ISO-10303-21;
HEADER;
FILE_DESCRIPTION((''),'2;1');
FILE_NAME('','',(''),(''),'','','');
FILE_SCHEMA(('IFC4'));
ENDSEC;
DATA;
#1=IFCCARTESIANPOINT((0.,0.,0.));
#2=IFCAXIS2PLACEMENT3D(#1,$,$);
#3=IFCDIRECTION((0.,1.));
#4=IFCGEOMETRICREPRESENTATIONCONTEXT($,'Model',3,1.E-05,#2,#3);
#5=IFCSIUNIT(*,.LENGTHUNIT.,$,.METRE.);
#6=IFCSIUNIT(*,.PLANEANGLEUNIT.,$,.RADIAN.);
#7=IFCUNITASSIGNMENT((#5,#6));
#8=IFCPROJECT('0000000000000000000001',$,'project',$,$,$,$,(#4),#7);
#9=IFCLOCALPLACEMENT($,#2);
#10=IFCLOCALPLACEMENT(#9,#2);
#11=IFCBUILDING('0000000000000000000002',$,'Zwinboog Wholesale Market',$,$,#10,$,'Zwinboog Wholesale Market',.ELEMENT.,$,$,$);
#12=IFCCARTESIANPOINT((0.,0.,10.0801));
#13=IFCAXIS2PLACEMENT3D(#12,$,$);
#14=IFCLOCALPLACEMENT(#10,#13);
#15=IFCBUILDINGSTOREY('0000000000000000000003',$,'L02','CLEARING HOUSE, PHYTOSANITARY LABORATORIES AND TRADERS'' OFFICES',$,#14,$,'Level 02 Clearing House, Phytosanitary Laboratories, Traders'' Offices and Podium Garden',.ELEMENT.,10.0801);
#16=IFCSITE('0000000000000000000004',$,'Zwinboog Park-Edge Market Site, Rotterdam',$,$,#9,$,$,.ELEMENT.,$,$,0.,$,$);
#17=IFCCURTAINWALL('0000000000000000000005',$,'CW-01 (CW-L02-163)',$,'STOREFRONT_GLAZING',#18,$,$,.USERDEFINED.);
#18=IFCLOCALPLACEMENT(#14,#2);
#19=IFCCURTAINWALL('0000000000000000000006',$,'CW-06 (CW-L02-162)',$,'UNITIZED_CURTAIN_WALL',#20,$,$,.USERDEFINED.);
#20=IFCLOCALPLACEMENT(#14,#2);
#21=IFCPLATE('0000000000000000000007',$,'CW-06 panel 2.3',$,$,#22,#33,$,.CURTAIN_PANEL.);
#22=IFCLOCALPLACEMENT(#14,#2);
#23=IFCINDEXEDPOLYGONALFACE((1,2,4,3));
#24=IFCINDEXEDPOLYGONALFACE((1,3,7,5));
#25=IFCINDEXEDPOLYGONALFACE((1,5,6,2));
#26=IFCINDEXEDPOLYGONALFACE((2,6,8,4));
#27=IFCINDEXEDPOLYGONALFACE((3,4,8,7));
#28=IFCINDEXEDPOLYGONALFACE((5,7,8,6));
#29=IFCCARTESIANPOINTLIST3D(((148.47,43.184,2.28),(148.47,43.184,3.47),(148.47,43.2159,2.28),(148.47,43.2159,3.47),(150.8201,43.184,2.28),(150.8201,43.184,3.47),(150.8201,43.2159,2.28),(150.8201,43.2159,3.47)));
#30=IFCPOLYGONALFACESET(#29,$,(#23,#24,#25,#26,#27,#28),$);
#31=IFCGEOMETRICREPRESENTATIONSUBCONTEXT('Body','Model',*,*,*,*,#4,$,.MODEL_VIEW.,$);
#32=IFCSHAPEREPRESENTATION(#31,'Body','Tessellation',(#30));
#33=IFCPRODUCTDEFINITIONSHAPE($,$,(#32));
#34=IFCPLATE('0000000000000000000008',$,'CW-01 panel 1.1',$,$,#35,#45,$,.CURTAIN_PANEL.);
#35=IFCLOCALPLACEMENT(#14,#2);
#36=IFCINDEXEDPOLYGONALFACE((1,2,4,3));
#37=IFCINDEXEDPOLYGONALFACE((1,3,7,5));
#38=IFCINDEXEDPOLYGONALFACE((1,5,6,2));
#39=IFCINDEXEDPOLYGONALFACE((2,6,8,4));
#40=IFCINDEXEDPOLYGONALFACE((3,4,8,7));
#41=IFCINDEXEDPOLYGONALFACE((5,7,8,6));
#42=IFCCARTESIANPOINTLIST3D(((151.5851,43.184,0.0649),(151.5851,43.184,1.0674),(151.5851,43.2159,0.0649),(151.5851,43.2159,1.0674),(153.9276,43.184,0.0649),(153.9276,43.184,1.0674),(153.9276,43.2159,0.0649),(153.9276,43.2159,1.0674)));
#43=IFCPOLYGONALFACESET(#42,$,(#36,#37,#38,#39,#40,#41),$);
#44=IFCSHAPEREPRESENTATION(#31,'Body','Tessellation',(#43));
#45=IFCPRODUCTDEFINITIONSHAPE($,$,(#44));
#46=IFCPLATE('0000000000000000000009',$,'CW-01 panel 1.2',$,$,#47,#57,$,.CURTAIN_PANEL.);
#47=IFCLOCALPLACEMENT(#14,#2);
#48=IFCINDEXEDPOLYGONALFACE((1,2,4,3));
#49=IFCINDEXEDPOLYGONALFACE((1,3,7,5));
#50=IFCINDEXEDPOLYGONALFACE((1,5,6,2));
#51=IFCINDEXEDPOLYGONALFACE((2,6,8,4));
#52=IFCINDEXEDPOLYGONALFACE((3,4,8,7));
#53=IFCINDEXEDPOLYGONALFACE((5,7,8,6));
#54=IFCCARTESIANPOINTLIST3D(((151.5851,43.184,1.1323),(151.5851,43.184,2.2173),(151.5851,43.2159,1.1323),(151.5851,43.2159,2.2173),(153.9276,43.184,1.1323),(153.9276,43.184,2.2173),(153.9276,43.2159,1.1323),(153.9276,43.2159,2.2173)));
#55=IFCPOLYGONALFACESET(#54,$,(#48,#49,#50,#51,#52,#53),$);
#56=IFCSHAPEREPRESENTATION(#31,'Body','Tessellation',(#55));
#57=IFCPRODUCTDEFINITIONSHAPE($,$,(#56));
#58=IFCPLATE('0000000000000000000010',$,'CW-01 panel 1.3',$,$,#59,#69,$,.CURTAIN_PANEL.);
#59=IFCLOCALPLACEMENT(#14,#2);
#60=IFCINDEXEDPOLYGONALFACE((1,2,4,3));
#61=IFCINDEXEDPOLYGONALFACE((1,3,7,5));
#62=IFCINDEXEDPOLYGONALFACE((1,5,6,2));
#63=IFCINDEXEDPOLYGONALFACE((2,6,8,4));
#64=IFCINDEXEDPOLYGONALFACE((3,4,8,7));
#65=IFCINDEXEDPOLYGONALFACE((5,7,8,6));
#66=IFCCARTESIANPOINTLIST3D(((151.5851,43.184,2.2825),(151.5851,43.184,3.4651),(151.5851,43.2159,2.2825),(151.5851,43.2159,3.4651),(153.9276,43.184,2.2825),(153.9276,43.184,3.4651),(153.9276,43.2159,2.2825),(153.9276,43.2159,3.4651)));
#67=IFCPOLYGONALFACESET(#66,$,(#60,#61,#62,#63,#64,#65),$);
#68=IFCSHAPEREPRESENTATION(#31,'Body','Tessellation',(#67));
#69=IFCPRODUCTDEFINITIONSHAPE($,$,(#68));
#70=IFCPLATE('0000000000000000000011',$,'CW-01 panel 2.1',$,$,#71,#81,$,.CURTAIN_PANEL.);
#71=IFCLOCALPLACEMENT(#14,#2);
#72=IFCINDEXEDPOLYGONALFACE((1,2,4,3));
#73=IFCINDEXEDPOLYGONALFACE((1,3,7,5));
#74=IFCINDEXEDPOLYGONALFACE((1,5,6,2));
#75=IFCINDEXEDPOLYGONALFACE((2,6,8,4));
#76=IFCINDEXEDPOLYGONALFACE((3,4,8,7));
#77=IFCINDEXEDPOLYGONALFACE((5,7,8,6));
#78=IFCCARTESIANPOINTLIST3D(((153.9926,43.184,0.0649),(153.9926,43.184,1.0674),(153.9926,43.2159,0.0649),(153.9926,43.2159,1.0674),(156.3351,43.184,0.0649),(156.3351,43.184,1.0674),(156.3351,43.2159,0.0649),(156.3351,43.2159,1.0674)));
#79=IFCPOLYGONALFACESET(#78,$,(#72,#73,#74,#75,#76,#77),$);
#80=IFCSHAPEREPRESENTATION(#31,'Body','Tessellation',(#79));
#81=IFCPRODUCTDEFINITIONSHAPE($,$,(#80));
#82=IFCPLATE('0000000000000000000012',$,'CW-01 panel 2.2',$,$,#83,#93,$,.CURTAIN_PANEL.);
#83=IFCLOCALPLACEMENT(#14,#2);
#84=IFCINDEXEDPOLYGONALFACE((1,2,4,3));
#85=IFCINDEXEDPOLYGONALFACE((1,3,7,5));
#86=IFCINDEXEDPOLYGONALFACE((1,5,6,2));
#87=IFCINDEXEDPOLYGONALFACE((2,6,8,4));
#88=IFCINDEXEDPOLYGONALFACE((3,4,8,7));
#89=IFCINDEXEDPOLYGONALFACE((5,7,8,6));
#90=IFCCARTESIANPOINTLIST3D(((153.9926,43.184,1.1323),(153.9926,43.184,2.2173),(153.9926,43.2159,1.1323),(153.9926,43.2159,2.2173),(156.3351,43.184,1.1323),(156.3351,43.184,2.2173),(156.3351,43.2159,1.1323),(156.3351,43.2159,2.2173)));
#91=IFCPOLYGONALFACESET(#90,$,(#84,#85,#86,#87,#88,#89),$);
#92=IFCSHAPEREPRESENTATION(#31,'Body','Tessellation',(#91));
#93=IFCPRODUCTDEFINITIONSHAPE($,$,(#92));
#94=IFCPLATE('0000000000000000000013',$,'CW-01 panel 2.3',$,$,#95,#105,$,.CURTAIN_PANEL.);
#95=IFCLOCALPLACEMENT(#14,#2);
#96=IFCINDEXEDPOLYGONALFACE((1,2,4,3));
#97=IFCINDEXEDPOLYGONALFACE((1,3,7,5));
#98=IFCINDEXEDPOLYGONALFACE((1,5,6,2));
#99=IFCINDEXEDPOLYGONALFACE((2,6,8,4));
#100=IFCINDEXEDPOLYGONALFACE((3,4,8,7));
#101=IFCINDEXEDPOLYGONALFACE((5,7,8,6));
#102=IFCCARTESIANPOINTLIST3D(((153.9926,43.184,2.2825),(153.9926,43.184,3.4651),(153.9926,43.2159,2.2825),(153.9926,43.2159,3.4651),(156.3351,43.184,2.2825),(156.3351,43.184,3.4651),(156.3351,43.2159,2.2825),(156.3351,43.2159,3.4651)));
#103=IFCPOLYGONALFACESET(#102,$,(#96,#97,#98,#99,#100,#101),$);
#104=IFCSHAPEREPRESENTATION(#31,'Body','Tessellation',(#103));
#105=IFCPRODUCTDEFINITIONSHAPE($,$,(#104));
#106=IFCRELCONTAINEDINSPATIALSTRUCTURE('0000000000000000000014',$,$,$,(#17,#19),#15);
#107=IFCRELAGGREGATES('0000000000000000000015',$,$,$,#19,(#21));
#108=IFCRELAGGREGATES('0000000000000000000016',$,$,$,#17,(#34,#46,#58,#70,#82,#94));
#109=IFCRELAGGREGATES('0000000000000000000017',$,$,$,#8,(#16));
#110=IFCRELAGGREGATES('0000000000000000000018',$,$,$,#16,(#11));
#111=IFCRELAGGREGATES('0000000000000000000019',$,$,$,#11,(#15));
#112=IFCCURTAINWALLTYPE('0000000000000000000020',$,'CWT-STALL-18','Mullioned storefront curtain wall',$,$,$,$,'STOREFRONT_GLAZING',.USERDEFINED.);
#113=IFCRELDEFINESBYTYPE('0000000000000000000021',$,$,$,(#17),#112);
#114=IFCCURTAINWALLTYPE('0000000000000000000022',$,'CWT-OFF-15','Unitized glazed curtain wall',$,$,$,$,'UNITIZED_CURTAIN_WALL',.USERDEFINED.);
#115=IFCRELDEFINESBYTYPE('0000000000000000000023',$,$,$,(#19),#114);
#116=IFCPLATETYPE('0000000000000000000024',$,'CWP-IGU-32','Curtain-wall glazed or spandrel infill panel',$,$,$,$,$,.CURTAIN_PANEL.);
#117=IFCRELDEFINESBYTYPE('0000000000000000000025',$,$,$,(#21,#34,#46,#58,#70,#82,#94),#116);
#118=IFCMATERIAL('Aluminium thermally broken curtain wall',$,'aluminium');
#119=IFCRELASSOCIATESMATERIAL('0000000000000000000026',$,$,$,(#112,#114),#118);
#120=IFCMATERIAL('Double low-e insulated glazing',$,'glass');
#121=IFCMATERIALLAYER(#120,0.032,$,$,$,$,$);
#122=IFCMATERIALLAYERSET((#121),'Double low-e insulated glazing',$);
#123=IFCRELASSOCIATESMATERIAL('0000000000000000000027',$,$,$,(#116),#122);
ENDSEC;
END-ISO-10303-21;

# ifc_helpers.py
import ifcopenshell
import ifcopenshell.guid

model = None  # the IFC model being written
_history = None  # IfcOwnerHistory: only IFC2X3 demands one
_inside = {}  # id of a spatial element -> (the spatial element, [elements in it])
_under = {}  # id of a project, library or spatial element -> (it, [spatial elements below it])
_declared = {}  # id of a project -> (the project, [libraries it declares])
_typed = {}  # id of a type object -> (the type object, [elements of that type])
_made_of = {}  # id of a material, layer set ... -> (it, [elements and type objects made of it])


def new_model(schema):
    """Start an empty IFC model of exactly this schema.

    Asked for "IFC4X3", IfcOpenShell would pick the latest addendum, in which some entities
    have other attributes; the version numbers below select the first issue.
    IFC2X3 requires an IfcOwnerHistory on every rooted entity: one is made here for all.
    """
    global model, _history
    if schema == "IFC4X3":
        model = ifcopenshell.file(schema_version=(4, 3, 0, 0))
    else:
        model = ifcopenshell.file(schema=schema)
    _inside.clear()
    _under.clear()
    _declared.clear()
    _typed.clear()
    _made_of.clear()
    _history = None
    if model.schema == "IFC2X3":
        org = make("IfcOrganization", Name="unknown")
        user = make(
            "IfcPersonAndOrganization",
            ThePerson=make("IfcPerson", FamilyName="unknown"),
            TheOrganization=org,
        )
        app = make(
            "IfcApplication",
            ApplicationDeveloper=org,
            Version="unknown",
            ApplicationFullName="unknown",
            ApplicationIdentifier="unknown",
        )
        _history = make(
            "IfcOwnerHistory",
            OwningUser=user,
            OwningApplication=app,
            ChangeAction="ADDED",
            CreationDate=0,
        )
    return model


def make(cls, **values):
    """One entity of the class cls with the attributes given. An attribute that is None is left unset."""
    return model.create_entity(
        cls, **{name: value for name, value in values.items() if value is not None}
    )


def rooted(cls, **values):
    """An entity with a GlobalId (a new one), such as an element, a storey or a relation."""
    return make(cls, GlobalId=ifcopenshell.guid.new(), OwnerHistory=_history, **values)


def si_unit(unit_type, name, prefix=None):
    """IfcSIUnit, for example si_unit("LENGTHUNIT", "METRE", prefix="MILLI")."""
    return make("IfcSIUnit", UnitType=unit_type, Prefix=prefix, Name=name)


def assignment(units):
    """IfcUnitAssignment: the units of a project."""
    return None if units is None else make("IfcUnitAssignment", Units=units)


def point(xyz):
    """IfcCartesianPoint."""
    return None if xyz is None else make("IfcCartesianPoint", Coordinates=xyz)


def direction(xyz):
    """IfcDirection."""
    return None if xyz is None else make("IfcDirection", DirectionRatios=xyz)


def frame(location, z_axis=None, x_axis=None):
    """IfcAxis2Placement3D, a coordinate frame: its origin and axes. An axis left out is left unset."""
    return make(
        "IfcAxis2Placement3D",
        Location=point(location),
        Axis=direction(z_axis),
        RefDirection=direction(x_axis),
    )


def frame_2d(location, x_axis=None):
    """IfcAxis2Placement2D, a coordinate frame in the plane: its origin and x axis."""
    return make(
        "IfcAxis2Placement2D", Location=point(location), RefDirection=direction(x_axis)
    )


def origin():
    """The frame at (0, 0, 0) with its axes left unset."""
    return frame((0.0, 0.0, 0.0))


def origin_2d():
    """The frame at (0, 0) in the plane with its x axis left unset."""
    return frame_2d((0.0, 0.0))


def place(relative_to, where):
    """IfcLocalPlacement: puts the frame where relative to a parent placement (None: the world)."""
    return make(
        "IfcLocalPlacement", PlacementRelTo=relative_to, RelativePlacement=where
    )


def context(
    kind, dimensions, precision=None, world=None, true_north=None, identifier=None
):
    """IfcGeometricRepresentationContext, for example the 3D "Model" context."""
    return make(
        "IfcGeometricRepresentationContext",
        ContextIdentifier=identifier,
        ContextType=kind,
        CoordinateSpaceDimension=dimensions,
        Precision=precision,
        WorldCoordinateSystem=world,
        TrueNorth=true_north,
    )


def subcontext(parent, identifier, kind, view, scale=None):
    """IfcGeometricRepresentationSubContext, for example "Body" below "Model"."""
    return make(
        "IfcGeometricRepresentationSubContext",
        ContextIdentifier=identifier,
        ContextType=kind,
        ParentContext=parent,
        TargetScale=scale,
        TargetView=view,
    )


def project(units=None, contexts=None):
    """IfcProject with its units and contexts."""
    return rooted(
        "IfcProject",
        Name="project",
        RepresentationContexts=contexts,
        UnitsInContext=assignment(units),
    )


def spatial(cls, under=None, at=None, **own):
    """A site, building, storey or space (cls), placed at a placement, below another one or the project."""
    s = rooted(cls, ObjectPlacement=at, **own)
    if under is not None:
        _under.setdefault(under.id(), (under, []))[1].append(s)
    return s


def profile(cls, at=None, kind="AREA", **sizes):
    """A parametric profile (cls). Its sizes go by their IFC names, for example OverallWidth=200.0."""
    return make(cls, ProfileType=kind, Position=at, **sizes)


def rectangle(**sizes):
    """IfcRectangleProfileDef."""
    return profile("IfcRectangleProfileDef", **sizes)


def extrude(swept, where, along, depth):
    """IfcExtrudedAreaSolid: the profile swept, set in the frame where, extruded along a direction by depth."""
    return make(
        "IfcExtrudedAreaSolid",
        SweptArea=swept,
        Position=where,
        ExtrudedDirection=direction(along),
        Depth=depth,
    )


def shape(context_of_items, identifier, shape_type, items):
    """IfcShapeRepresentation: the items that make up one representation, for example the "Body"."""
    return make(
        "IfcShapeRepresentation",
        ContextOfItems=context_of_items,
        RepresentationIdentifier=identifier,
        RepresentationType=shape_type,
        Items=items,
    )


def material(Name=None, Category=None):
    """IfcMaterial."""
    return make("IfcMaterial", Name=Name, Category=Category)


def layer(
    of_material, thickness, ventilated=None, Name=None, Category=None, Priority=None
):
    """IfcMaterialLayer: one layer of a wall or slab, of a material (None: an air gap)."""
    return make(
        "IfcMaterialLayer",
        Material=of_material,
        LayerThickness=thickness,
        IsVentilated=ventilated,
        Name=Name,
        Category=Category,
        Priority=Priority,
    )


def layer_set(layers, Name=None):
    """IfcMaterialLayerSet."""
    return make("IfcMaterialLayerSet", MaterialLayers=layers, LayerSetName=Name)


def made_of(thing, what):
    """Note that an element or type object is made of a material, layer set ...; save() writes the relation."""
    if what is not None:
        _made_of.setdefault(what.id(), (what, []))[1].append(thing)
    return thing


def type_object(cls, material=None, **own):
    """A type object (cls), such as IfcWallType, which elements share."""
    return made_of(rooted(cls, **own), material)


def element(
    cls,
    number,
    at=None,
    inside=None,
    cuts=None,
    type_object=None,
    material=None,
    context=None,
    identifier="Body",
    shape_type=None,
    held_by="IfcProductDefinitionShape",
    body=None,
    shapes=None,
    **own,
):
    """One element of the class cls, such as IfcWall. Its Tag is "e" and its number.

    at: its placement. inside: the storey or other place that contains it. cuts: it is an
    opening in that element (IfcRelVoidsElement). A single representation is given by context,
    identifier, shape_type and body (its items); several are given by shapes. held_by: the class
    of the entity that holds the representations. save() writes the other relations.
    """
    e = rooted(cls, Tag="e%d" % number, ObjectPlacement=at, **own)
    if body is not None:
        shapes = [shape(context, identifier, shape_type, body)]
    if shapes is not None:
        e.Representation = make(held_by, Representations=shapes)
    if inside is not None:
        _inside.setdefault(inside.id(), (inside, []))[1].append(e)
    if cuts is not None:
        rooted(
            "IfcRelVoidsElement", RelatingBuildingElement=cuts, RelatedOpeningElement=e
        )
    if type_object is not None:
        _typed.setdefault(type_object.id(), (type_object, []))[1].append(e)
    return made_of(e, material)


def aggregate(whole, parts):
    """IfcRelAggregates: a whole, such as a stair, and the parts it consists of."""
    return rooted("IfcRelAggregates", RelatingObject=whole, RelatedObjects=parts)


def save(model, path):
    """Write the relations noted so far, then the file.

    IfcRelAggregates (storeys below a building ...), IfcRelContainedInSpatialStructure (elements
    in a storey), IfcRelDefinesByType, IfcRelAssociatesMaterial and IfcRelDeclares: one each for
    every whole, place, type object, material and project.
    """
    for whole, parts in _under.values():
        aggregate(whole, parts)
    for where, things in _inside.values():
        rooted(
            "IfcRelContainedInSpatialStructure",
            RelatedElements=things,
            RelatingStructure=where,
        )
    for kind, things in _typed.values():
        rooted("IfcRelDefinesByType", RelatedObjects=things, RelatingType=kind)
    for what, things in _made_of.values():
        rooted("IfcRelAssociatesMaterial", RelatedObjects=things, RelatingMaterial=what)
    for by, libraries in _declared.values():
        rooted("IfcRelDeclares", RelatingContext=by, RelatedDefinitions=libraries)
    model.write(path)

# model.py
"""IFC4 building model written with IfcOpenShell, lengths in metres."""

from ifc_helpers import new_model, si_unit, direction, frame, origin, origin_2d, place, context, subcontext, project, spatial, rectangle, extrude, material, layer, layer_set, type_object, element, aggregate, save


model = new_model("IFC4")

# Units and contexts
model_context = context("Model", 3, precision=1e-05, world=origin(), true_north=direction((0.0, 1.0)))
body_context = subcontext(model_context, "Body", "Model", "MODEL_VIEW")
ifc_project = project(units=[si_unit("LENGTHUNIT", "METRE"), si_unit("PLANEANGLEUNIT", "RADIAN")], contexts=[model_context])

# Site, building, storey
site_placement = place(None, origin())
site = spatial("IfcSite", under=ifc_project, at=site_placement, Name="Zwinboog Park-Edge Market Site, Rotterdam", CompositionType="ELEMENT", RefElevation=0.0)
building_placement = place(site_placement, origin())
building = spatial("IfcBuilding", under=site, at=building_placement, Name="Zwinboog Wholesale Market", LongName="Zwinboog Wholesale Market", CompositionType="ELEMENT")
storey_placement = place(building_placement, frame((0.0, 0.0, 10.0801)))
storey = spatial("IfcBuildingStorey", under=building, at=storey_placement, Name="L02", Description="CLEARING HOUSE, PHYTOSANITARY LABORATORIES AND TRADERS' OFFICES", LongName="Level 02 Clearing House, Phytosanitary Laboratories, Traders' Offices and Podium Garden", CompositionType="ELEMENT", Elevation=10.0801)

# Curtain wall
ifc_material_1 = material(Name="Aluminium thermally broken curtain wall", Category="aluminium")
curtain_wall_type_1 = type_object("IfcCurtainWallType", Name="CWT-STALL-18", Description="Mullioned storefront curtain wall", ElementType="STOREFRONT_GLAZING", PredefinedType="USERDEFINED", material=ifc_material_1)
curtain_wall_1_placement = place(storey_placement, origin())
curtain_wall_1 = element("IfcCurtainWall", 1, at=curtain_wall_1_placement, inside=storey, type_object=curtain_wall_type_1, Name="CW-01 (CW-L02-163)", ObjectType="STOREFRONT_GLAZING", PredefinedType="USERDEFINED")

# Curtain wall
curtain_wall_type_2 = type_object("IfcCurtainWallType", Name="CWT-OFF-15", Description="Unitized glazed curtain wall", ElementType="UNITIZED_CURTAIN_WALL", PredefinedType="USERDEFINED", material=ifc_material_1)
curtain_wall_2_placement = place(storey_placement, origin())
curtain_wall_2 = element("IfcCurtainWall", 2, at=curtain_wall_2_placement, inside=storey, type_object=curtain_wall_type_2, Name="CW-06 (CW-L02-162)", ObjectType="UNITIZED_CURTAIN_WALL", PredefinedType="USERDEFINED")

# Plates
ifc_material_2 = material(Name="Double low-e insulated glazing", Category="glass")
ifc_layer = layer(ifc_material_2, 0.032)
ifc_layer_set = layer_set([ifc_layer], Name="Double low-e insulated glazing")
plate_type = type_object("IfcPlateType", Name="CWP-IGU-32", Description="Curtain-wall glazed or spandrel infill panel", PredefinedType="CURTAIN_PANEL", material=ifc_layer_set)
plate_1_placement = place(storey_placement, frame((149.645, 43.2, 2.28), z_axis=(0.0, 0.0, 1.0), x_axis=(1.0, 0.0, 0.0)))
plate_1 = element("IfcPlate", 3, at=plate_1_placement, type_object=plate_type, Name="CW-06 panel 2.3", PredefinedType="CURTAIN_PANEL", context=body_context, shape_type="SweptSolid", body=[
    extrude(rectangle(XDim=2.3501, YDim=0.032, at=origin_2d()), origin(), (0.0, 0.0, 1.0), 1.1899),
])
aggregate(curtain_wall_2, [plate_1])
plate_2_placement = place(storey_placement, frame((152.7563, 43.2, 0.0649), z_axis=(0.0, 0.0, 1.0), x_axis=(1.0, 0.0, 0.0)))
plate_2 = element("IfcPlate", 4, at=plate_2_placement, type_object=plate_type, Name="CW-01 panel 1.1", PredefinedType="CURTAIN_PANEL", context=body_context, shape_type="SweptSolid", body=[
    extrude(rectangle(XDim=2.3425, YDim=0.032, at=origin_2d()), origin(), (0.0, 0.0, 1.0), 1.0024),
])
plate_3_placement = place(storey_placement, frame((152.7563, 43.2, 1.1323), z_axis=(0.0, 0.0, 1.0), x_axis=(1.0, 0.0, 0.0)))
plate_3 = element("IfcPlate", 5, at=plate_3_placement, type_object=plate_type, Name="CW-01 panel 1.2", PredefinedType="CURTAIN_PANEL", context=body_context, shape_type="SweptSolid", body=[
    extrude(rectangle(XDim=2.3425, YDim=0.032, at=origin_2d()), origin(), (0.0, 0.0, 1.0), 1.085),
])
plate_4_placement = place(storey_placement, frame((152.7563, 43.2, 2.2825), z_axis=(0.0, 0.0, 1.0), x_axis=(1.0, 0.0, 0.0)))
plate_4 = element("IfcPlate", 6, at=plate_4_placement, type_object=plate_type, Name="CW-01 panel 1.3", PredefinedType="CURTAIN_PANEL", context=body_context, shape_type="SweptSolid", body=[
    extrude(rectangle(XDim=2.3425, YDim=0.032, at=origin_2d()), origin(), (0.0, 0.0, 1.0), 1.1826),
])
plate_5_placement = place(storey_placement, frame((155.1638, 43.2, 0.0649), z_axis=(0.0, 0.0, 1.0), x_axis=(1.0, 0.0, 0.0)))
plate_5 = element("IfcPlate", 7, at=plate_5_placement, type_object=plate_type, Name="CW-01 panel 2.1", PredefinedType="CURTAIN_PANEL", context=body_context, shape_type="SweptSolid", body=[
    extrude(rectangle(XDim=2.3425, YDim=0.032, at=origin_2d()), origin(), (0.0, 0.0, 1.0), 1.0024),
])
plate_6_placement = place(storey_placement, frame((155.1638, 43.2, 1.1323), z_axis=(0.0, 0.0, 1.0), x_axis=(1.0, 0.0, 0.0)))
plate_6 = element("IfcPlate", 8, at=plate_6_placement, type_object=plate_type, Name="CW-01 panel 2.2", PredefinedType="CURTAIN_PANEL", context=body_context, shape_type="SweptSolid", body=[
    extrude(rectangle(XDim=2.3425, YDim=0.032, at=origin_2d()), origin(), (0.0, 0.0, 1.0), 1.085),
])
plate_7_placement = place(storey_placement, frame((155.1638, 43.2, 2.2825), z_axis=(0.0, 0.0, 1.0), x_axis=(1.0, 0.0, 0.0)))
plate_7 = element("IfcPlate", 9, at=plate_7_placement, type_object=plate_type, Name="CW-01 panel 2.3", PredefinedType="CURTAIN_PANEL", context=body_context, shape_type="SweptSolid", body=[
    extrude(rectangle(XDim=2.3425, YDim=0.032, at=origin_2d()), origin(), (0.0, 0.0, 1.0), 1.1826),
])
aggregate(curtain_wall_1, [plate_2, plate_3, plate_4, plate_5, plate_6, plate_7])

save(model, "model.ifc")
